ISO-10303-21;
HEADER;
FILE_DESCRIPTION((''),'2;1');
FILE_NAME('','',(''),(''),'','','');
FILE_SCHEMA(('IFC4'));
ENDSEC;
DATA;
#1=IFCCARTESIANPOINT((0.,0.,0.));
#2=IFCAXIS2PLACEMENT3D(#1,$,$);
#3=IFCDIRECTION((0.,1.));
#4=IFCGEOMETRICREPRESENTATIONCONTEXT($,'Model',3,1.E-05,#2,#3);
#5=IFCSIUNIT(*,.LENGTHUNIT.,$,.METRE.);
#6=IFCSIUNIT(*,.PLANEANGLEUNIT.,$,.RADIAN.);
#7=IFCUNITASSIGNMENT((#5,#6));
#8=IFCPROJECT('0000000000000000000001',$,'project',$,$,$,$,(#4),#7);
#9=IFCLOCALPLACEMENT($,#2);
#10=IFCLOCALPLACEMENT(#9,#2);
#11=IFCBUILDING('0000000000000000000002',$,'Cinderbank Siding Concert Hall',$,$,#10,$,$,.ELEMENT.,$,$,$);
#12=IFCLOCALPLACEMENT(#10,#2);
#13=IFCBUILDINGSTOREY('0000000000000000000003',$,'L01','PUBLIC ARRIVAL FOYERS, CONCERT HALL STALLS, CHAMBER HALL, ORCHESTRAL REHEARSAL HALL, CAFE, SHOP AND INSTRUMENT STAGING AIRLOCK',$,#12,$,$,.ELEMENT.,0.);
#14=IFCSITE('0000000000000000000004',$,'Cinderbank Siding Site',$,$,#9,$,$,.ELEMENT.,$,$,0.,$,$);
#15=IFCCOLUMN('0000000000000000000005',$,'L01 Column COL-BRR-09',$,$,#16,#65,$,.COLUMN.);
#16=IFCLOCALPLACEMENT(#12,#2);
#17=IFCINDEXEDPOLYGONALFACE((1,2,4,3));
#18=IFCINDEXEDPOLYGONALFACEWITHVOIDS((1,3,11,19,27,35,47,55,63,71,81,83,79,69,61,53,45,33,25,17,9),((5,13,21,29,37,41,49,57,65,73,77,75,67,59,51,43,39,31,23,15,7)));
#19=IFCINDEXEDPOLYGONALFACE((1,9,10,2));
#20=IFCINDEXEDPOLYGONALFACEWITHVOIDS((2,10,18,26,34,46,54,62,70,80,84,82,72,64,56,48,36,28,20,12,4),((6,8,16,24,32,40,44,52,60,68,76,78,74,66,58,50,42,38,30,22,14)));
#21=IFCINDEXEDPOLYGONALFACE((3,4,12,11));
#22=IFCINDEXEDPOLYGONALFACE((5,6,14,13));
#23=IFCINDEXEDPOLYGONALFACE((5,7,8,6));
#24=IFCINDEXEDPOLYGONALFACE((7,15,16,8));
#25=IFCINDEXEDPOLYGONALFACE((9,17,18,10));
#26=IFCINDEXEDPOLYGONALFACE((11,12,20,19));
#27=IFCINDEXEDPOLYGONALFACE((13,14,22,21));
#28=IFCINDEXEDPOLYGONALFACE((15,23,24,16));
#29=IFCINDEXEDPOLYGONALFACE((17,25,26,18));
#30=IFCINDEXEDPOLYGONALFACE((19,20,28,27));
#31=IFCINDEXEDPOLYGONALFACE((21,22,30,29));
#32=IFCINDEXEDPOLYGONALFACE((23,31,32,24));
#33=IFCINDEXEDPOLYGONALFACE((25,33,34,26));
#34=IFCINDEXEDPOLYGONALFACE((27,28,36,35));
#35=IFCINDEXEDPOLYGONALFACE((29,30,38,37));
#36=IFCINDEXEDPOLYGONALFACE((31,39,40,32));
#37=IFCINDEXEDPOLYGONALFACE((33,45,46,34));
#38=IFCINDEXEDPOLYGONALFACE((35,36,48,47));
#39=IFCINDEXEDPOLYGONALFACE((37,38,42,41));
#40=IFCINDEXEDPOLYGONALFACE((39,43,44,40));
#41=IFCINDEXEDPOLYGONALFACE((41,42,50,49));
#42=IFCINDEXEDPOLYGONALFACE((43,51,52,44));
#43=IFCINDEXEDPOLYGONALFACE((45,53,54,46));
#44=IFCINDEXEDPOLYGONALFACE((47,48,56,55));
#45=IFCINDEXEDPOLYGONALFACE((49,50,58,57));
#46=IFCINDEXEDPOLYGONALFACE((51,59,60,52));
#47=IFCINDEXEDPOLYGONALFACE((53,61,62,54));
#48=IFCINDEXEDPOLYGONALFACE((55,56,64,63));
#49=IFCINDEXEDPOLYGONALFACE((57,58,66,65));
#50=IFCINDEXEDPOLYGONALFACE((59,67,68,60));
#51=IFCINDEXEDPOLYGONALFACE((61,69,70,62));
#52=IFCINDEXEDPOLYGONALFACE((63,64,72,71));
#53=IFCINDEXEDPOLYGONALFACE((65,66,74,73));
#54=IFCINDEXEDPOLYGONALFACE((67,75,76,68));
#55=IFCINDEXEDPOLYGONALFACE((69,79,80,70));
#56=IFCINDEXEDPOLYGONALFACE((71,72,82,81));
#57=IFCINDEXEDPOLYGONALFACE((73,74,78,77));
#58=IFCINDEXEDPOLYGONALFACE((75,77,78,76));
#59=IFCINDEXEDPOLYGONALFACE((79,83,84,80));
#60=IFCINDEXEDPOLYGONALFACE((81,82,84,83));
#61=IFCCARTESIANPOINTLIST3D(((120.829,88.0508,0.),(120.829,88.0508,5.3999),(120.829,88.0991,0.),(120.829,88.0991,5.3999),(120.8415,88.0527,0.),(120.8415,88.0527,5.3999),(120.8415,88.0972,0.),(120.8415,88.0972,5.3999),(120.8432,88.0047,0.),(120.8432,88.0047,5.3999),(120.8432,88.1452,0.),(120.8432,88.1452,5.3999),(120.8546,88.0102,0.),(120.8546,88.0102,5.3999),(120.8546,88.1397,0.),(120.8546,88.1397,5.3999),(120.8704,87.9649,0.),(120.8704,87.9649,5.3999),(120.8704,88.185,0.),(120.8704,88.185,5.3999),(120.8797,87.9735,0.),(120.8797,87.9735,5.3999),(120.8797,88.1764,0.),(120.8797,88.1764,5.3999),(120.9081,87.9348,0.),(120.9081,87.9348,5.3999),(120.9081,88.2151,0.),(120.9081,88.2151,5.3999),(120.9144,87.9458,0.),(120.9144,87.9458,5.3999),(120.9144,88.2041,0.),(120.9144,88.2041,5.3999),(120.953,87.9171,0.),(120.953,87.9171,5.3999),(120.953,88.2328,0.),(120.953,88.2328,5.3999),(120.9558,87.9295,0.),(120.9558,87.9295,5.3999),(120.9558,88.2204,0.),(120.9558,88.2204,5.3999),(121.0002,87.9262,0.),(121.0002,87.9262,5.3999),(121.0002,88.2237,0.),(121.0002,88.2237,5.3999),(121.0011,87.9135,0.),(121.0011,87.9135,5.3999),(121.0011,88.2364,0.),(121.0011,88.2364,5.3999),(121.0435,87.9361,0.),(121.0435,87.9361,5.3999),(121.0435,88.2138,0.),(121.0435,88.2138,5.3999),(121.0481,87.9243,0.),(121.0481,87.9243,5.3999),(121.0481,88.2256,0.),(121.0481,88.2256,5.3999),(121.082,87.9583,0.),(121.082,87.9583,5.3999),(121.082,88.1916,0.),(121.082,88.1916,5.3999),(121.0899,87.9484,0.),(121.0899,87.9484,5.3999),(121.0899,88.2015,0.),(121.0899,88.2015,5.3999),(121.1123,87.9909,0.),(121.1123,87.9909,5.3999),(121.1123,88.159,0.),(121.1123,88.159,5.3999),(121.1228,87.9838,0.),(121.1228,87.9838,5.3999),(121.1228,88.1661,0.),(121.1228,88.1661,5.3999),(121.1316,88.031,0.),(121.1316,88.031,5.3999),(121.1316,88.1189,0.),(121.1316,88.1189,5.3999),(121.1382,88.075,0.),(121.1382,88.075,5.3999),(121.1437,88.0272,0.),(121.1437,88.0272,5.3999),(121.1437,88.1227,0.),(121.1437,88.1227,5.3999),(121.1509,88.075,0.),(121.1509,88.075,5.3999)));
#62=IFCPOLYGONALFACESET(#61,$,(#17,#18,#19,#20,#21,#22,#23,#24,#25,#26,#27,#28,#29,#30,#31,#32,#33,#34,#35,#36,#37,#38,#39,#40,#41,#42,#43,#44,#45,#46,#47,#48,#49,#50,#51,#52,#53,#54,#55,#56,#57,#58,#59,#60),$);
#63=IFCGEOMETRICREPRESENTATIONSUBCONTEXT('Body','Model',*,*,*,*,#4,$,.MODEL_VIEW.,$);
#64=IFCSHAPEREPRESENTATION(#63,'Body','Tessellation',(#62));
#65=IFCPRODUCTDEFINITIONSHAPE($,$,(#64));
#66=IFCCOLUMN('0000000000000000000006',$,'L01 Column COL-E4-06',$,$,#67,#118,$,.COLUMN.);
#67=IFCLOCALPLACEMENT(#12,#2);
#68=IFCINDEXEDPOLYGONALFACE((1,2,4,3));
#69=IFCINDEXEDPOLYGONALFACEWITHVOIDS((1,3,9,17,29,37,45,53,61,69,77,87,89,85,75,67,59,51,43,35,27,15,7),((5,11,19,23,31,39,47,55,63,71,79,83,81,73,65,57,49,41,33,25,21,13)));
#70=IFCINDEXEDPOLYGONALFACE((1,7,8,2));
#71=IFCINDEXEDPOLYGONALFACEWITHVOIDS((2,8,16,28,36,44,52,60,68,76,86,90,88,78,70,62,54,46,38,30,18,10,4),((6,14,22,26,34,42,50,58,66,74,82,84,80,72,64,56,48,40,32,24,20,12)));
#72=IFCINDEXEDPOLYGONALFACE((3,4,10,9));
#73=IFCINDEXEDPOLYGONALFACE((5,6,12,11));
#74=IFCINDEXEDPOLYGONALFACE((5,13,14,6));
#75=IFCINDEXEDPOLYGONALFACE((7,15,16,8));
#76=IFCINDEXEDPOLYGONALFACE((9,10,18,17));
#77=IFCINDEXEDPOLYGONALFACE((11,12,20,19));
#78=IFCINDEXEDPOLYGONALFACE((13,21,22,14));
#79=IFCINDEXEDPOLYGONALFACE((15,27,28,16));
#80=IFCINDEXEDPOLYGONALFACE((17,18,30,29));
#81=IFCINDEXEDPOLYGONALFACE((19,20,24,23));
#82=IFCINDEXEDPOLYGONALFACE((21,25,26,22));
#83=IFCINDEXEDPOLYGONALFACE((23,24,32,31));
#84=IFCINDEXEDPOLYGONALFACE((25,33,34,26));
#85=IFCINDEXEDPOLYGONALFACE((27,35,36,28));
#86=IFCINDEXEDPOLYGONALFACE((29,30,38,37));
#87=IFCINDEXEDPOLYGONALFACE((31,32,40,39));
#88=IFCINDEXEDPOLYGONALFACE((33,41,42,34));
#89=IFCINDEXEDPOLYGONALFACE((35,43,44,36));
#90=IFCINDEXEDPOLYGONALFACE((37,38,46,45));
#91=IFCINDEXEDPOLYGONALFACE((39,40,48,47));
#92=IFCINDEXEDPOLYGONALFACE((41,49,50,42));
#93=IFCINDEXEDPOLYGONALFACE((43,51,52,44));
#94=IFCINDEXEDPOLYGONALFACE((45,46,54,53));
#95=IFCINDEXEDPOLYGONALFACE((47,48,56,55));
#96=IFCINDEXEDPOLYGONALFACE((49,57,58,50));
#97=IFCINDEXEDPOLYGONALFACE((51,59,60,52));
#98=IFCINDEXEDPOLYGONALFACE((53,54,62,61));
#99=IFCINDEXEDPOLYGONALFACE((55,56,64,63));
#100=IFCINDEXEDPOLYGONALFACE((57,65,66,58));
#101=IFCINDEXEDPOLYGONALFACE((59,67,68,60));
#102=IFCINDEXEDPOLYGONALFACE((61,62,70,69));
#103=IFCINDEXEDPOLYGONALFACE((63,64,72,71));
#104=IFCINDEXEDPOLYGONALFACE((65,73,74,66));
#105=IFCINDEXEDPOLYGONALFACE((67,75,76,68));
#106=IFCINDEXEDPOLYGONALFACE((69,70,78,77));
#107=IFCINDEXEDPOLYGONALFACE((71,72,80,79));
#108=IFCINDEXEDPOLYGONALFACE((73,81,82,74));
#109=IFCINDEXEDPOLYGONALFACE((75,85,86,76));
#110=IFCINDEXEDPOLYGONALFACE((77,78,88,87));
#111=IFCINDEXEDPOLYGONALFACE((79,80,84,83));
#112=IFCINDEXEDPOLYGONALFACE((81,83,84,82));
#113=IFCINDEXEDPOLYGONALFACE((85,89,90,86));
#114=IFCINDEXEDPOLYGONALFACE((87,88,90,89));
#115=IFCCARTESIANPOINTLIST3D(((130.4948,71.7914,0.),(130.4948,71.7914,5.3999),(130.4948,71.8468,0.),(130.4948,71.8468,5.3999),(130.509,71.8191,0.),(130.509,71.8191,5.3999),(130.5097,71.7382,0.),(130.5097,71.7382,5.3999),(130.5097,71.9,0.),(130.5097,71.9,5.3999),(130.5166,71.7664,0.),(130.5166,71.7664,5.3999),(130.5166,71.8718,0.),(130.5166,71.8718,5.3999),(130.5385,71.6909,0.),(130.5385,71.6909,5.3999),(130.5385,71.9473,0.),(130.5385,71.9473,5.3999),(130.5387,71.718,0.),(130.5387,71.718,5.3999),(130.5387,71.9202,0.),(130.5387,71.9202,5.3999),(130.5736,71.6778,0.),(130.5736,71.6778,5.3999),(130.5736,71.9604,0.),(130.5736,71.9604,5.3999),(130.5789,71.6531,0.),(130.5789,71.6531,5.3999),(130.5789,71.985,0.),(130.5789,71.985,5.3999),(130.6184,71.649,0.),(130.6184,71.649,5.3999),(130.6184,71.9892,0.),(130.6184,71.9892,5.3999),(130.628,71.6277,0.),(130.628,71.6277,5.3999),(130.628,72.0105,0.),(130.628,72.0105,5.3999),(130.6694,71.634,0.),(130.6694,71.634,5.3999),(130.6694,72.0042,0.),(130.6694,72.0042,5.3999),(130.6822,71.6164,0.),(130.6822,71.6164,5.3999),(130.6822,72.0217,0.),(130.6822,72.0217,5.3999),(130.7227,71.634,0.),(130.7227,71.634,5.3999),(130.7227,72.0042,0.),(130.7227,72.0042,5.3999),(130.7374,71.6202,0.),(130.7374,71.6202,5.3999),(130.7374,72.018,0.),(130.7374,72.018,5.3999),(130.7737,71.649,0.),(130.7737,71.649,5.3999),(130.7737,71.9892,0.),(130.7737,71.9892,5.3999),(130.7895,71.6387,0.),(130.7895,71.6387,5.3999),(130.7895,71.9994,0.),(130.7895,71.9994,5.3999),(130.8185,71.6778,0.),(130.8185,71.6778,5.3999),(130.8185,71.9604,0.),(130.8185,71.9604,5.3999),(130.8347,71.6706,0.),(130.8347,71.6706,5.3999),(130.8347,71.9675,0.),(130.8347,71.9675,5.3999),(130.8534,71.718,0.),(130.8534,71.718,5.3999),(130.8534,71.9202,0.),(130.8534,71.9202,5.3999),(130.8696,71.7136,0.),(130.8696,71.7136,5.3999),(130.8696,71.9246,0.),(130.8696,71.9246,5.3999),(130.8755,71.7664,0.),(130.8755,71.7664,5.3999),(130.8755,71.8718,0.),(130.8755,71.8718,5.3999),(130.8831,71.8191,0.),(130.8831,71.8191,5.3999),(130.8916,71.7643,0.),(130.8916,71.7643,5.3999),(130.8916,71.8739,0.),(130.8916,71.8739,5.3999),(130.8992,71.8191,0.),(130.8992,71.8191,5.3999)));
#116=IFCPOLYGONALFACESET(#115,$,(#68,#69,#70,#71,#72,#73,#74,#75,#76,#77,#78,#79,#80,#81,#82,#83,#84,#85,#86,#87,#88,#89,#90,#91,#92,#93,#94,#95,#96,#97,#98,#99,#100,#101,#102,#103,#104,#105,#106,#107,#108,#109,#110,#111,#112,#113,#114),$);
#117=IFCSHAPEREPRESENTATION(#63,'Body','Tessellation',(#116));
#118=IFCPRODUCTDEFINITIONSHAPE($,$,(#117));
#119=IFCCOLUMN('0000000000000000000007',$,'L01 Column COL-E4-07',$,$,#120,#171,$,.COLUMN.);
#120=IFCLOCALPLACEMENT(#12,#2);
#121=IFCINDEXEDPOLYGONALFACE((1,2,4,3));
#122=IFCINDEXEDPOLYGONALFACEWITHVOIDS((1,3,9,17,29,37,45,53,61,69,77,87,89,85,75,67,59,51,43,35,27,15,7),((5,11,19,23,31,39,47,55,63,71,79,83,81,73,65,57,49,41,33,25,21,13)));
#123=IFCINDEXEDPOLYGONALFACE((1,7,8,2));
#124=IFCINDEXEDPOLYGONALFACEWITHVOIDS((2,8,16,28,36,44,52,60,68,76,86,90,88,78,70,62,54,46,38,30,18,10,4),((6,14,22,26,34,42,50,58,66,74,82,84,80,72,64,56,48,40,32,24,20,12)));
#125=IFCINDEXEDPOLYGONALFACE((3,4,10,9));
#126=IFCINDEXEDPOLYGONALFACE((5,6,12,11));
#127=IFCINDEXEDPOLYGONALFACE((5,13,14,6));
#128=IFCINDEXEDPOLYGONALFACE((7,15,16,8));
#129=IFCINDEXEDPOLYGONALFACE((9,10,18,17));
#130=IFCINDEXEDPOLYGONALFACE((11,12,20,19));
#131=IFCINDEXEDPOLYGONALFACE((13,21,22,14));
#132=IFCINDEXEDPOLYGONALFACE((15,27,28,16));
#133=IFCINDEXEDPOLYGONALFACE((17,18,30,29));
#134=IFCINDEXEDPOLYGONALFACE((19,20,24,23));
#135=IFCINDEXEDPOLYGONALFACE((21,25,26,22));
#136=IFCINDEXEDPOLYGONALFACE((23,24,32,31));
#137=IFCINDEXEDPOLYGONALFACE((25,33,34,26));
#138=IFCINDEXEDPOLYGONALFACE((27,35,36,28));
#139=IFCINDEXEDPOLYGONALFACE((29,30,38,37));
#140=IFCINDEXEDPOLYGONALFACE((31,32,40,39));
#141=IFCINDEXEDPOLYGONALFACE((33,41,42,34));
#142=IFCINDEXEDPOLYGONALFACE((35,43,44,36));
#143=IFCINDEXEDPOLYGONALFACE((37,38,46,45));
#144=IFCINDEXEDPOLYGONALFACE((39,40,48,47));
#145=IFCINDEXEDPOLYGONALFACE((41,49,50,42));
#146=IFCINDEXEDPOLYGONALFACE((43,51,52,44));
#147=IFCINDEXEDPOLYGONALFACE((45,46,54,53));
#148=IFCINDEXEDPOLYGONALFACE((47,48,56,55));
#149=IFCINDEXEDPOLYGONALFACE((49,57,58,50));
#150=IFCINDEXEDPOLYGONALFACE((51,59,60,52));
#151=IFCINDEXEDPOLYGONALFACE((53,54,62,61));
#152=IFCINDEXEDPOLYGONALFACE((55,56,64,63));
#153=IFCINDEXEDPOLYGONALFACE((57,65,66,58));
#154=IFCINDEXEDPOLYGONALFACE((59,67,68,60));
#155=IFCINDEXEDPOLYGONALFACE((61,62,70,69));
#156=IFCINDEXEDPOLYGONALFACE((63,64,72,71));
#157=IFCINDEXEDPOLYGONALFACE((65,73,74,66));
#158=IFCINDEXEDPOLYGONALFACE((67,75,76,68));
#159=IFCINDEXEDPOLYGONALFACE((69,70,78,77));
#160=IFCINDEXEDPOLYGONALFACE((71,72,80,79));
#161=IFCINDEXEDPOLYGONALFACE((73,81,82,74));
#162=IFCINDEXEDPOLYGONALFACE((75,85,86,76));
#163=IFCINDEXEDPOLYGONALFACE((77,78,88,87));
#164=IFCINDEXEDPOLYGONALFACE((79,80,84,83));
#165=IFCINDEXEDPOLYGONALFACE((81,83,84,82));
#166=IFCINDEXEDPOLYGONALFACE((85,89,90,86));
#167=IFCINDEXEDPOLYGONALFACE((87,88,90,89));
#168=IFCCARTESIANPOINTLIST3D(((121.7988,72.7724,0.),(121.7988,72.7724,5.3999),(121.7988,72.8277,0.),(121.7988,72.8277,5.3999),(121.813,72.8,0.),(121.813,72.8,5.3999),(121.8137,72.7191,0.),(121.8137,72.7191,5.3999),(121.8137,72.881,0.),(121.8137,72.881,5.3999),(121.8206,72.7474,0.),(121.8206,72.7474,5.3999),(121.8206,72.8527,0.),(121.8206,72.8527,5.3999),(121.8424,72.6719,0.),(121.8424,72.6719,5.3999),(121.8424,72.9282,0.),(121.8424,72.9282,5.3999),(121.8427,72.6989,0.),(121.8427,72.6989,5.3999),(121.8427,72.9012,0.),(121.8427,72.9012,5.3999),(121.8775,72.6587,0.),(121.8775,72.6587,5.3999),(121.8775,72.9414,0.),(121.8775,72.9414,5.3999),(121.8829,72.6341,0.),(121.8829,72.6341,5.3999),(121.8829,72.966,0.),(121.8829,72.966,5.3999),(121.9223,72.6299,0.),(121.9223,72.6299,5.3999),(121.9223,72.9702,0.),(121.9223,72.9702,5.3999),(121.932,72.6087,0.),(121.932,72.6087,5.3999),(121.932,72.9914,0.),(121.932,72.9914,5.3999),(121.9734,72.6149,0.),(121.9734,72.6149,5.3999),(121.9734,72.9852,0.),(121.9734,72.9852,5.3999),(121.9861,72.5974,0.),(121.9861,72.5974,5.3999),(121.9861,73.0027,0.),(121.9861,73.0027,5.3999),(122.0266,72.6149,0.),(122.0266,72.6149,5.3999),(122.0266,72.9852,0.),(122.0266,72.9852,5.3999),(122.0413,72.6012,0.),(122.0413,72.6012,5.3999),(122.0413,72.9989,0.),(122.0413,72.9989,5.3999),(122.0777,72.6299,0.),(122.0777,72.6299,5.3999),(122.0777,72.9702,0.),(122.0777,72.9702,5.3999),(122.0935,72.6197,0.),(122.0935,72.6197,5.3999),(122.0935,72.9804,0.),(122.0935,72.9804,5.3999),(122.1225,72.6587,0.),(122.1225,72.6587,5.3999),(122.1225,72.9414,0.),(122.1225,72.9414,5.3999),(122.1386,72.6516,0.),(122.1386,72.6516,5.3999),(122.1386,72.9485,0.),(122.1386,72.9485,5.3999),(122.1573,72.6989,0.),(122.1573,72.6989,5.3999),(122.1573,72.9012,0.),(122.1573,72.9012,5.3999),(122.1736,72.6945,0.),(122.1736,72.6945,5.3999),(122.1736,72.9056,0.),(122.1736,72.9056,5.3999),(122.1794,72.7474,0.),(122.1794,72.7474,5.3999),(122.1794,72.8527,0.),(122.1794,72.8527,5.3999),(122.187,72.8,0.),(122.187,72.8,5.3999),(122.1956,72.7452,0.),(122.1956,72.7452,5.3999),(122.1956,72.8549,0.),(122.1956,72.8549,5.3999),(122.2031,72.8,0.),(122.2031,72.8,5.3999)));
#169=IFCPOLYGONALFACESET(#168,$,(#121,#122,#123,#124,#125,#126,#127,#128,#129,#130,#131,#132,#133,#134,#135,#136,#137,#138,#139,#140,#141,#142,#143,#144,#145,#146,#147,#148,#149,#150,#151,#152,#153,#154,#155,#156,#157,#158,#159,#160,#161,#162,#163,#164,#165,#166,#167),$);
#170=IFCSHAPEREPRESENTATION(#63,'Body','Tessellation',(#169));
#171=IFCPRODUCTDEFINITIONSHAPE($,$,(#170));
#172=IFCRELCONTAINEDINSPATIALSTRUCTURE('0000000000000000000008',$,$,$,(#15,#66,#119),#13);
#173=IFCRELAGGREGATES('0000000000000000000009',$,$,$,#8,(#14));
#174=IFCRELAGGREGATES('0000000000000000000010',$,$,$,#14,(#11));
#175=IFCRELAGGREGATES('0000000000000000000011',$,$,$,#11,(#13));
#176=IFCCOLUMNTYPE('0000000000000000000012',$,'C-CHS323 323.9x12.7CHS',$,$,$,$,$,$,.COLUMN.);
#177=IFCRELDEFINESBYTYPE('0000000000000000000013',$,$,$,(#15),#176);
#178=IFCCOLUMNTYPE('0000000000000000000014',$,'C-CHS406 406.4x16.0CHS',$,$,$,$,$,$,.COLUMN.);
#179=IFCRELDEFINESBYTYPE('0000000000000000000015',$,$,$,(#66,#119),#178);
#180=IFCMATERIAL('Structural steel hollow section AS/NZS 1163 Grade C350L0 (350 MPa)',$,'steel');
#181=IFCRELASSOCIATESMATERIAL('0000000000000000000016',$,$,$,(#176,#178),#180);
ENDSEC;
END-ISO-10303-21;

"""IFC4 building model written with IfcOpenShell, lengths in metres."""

from ifc_helpers import new_model, si_unit, direction, frame, origin, origin_2d, place, context, subcontext, project, spatial, hollow_circle, extrude, material, material_profile, profile_set, type_object, element, save


model = new_model("IFC4")

# Units and contexts
model_context = context("Model", 3, precision=1e-05, world=origin(), true_north=direction((0.0, 1.0)))
body_context = subcontext(model_context, "Body", "Model", "MODEL_VIEW")
ifc_project = project(units=[si_unit("LENGTHUNIT", "METRE"), si_unit("PLANEANGLEUNIT", "RADIAN")], contexts=[model_context])

# Site, building, storey
site_placement = place(None, origin())
site = spatial("IfcSite", under=ifc_project, at=site_placement, Name="Cinderbank Siding Site", CompositionType="ELEMENT", RefElevation=0.0)
building_placement = place(site_placement, origin())
building = spatial("IfcBuilding", under=site, at=building_placement, Name="Cinderbank Siding Concert Hall", CompositionType="ELEMENT")
storey_placement = place(building_placement, origin())
storey = spatial("IfcBuildingStorey", under=building, at=storey_placement, Name="L01", Description="PUBLIC ARRIVAL FOYERS, CONCERT HALL STALLS, CHAMBER HALL, ORCHESTRAL REHEARSAL HALL, CAFE, SHOP AND INSTRUMENT STAGING AIRLOCK", CompositionType="ELEMENT", Elevation=0.0)

# Columns
ifc_material_1 = material(Name="Structural steel hollow section AS/NZS 1163 Grade C350L0 (350 MPa)", Category="steel")
ifc_material_profile_1 = material_profile(ifc_material_1, hollow_circle(Radius=0.1619, WallThickness=0.0127, at=origin_2d()), Name="323.9x12.7CHS", Category="LoadBearing")
ifc_profile_set_1 = profile_set([ifc_material_profile_1], Name="Structural steel hollow section AS/NZS 1163 Grade C350L0 (350 MPa)")
column_type_1 = type_object("IfcColumnType", Name="C-CHS323 323.9x12.7CHS", PredefinedType="COLUMN", material=ifc_profile_set_1)
column_placement = place(storey_placement, frame((120.989, 88.075, 0.0), z_axis=(0.0, 0.0, 1.0), x_axis=(1.0, 0.0, 0.0)))
element("IfcColumn", 1, at=column_placement, inside=storey, type_object=column_type_1, Name="L01 Column COL-BRR-09", PredefinedType="COLUMN", context=body_context, shape_type="SweptSolid", body=[
    extrude(hollow_circle(Radius=0.1619, WallThickness=0.0127, at=origin_2d()), origin(), (0.0, 0.0, 1.0), 5.3999),
])
ifc_material_profile_2 = material_profile(ifc_material_1, hollow_circle(Radius=0.2031, WallThickness=0.0161, at=origin_2d()), Name="406.4x16.0CHS", Category="LoadBearing")
ifc_profile_set_2 = profile_set([ifc_material_profile_2], Name="Structural steel hollow section AS/NZS 1163 Grade C350L0 (350 MPa)")
column_type_2 = type_object("IfcColumnType", Name="C-CHS406 406.4x16.0CHS", PredefinedType="COLUMN", material=ifc_profile_set_2)
for number, where, z_axis, x_axis, name in (
    (2, (130.696, 71.8191, 0.0), (0.0, 0.0, 1.0), (1.0, 0.0, 0.0), "L01 Column COL-E4-06"),
    (3, (122.0, 72.8, 0.0), (0.0, 0.0, 1.0), (1.0, 0.0, 0.0), "L01 Column COL-E4-07"),
):
    element("IfcColumn", number, at=place(storey_placement, frame(where, z_axis=z_axis, x_axis=x_axis)), inside=storey, type_object=column_type_2, Name=name, PredefinedType="COLUMN", context=body_context, shape_type="SweptSolid", body=[
        extrude(hollow_circle(Radius=0.2031, WallThickness=0.0161, at=origin_2d()), origin(), (0.0, 0.0, 1.0), 5.3999),
    ])

save(model, "model.ifc")
